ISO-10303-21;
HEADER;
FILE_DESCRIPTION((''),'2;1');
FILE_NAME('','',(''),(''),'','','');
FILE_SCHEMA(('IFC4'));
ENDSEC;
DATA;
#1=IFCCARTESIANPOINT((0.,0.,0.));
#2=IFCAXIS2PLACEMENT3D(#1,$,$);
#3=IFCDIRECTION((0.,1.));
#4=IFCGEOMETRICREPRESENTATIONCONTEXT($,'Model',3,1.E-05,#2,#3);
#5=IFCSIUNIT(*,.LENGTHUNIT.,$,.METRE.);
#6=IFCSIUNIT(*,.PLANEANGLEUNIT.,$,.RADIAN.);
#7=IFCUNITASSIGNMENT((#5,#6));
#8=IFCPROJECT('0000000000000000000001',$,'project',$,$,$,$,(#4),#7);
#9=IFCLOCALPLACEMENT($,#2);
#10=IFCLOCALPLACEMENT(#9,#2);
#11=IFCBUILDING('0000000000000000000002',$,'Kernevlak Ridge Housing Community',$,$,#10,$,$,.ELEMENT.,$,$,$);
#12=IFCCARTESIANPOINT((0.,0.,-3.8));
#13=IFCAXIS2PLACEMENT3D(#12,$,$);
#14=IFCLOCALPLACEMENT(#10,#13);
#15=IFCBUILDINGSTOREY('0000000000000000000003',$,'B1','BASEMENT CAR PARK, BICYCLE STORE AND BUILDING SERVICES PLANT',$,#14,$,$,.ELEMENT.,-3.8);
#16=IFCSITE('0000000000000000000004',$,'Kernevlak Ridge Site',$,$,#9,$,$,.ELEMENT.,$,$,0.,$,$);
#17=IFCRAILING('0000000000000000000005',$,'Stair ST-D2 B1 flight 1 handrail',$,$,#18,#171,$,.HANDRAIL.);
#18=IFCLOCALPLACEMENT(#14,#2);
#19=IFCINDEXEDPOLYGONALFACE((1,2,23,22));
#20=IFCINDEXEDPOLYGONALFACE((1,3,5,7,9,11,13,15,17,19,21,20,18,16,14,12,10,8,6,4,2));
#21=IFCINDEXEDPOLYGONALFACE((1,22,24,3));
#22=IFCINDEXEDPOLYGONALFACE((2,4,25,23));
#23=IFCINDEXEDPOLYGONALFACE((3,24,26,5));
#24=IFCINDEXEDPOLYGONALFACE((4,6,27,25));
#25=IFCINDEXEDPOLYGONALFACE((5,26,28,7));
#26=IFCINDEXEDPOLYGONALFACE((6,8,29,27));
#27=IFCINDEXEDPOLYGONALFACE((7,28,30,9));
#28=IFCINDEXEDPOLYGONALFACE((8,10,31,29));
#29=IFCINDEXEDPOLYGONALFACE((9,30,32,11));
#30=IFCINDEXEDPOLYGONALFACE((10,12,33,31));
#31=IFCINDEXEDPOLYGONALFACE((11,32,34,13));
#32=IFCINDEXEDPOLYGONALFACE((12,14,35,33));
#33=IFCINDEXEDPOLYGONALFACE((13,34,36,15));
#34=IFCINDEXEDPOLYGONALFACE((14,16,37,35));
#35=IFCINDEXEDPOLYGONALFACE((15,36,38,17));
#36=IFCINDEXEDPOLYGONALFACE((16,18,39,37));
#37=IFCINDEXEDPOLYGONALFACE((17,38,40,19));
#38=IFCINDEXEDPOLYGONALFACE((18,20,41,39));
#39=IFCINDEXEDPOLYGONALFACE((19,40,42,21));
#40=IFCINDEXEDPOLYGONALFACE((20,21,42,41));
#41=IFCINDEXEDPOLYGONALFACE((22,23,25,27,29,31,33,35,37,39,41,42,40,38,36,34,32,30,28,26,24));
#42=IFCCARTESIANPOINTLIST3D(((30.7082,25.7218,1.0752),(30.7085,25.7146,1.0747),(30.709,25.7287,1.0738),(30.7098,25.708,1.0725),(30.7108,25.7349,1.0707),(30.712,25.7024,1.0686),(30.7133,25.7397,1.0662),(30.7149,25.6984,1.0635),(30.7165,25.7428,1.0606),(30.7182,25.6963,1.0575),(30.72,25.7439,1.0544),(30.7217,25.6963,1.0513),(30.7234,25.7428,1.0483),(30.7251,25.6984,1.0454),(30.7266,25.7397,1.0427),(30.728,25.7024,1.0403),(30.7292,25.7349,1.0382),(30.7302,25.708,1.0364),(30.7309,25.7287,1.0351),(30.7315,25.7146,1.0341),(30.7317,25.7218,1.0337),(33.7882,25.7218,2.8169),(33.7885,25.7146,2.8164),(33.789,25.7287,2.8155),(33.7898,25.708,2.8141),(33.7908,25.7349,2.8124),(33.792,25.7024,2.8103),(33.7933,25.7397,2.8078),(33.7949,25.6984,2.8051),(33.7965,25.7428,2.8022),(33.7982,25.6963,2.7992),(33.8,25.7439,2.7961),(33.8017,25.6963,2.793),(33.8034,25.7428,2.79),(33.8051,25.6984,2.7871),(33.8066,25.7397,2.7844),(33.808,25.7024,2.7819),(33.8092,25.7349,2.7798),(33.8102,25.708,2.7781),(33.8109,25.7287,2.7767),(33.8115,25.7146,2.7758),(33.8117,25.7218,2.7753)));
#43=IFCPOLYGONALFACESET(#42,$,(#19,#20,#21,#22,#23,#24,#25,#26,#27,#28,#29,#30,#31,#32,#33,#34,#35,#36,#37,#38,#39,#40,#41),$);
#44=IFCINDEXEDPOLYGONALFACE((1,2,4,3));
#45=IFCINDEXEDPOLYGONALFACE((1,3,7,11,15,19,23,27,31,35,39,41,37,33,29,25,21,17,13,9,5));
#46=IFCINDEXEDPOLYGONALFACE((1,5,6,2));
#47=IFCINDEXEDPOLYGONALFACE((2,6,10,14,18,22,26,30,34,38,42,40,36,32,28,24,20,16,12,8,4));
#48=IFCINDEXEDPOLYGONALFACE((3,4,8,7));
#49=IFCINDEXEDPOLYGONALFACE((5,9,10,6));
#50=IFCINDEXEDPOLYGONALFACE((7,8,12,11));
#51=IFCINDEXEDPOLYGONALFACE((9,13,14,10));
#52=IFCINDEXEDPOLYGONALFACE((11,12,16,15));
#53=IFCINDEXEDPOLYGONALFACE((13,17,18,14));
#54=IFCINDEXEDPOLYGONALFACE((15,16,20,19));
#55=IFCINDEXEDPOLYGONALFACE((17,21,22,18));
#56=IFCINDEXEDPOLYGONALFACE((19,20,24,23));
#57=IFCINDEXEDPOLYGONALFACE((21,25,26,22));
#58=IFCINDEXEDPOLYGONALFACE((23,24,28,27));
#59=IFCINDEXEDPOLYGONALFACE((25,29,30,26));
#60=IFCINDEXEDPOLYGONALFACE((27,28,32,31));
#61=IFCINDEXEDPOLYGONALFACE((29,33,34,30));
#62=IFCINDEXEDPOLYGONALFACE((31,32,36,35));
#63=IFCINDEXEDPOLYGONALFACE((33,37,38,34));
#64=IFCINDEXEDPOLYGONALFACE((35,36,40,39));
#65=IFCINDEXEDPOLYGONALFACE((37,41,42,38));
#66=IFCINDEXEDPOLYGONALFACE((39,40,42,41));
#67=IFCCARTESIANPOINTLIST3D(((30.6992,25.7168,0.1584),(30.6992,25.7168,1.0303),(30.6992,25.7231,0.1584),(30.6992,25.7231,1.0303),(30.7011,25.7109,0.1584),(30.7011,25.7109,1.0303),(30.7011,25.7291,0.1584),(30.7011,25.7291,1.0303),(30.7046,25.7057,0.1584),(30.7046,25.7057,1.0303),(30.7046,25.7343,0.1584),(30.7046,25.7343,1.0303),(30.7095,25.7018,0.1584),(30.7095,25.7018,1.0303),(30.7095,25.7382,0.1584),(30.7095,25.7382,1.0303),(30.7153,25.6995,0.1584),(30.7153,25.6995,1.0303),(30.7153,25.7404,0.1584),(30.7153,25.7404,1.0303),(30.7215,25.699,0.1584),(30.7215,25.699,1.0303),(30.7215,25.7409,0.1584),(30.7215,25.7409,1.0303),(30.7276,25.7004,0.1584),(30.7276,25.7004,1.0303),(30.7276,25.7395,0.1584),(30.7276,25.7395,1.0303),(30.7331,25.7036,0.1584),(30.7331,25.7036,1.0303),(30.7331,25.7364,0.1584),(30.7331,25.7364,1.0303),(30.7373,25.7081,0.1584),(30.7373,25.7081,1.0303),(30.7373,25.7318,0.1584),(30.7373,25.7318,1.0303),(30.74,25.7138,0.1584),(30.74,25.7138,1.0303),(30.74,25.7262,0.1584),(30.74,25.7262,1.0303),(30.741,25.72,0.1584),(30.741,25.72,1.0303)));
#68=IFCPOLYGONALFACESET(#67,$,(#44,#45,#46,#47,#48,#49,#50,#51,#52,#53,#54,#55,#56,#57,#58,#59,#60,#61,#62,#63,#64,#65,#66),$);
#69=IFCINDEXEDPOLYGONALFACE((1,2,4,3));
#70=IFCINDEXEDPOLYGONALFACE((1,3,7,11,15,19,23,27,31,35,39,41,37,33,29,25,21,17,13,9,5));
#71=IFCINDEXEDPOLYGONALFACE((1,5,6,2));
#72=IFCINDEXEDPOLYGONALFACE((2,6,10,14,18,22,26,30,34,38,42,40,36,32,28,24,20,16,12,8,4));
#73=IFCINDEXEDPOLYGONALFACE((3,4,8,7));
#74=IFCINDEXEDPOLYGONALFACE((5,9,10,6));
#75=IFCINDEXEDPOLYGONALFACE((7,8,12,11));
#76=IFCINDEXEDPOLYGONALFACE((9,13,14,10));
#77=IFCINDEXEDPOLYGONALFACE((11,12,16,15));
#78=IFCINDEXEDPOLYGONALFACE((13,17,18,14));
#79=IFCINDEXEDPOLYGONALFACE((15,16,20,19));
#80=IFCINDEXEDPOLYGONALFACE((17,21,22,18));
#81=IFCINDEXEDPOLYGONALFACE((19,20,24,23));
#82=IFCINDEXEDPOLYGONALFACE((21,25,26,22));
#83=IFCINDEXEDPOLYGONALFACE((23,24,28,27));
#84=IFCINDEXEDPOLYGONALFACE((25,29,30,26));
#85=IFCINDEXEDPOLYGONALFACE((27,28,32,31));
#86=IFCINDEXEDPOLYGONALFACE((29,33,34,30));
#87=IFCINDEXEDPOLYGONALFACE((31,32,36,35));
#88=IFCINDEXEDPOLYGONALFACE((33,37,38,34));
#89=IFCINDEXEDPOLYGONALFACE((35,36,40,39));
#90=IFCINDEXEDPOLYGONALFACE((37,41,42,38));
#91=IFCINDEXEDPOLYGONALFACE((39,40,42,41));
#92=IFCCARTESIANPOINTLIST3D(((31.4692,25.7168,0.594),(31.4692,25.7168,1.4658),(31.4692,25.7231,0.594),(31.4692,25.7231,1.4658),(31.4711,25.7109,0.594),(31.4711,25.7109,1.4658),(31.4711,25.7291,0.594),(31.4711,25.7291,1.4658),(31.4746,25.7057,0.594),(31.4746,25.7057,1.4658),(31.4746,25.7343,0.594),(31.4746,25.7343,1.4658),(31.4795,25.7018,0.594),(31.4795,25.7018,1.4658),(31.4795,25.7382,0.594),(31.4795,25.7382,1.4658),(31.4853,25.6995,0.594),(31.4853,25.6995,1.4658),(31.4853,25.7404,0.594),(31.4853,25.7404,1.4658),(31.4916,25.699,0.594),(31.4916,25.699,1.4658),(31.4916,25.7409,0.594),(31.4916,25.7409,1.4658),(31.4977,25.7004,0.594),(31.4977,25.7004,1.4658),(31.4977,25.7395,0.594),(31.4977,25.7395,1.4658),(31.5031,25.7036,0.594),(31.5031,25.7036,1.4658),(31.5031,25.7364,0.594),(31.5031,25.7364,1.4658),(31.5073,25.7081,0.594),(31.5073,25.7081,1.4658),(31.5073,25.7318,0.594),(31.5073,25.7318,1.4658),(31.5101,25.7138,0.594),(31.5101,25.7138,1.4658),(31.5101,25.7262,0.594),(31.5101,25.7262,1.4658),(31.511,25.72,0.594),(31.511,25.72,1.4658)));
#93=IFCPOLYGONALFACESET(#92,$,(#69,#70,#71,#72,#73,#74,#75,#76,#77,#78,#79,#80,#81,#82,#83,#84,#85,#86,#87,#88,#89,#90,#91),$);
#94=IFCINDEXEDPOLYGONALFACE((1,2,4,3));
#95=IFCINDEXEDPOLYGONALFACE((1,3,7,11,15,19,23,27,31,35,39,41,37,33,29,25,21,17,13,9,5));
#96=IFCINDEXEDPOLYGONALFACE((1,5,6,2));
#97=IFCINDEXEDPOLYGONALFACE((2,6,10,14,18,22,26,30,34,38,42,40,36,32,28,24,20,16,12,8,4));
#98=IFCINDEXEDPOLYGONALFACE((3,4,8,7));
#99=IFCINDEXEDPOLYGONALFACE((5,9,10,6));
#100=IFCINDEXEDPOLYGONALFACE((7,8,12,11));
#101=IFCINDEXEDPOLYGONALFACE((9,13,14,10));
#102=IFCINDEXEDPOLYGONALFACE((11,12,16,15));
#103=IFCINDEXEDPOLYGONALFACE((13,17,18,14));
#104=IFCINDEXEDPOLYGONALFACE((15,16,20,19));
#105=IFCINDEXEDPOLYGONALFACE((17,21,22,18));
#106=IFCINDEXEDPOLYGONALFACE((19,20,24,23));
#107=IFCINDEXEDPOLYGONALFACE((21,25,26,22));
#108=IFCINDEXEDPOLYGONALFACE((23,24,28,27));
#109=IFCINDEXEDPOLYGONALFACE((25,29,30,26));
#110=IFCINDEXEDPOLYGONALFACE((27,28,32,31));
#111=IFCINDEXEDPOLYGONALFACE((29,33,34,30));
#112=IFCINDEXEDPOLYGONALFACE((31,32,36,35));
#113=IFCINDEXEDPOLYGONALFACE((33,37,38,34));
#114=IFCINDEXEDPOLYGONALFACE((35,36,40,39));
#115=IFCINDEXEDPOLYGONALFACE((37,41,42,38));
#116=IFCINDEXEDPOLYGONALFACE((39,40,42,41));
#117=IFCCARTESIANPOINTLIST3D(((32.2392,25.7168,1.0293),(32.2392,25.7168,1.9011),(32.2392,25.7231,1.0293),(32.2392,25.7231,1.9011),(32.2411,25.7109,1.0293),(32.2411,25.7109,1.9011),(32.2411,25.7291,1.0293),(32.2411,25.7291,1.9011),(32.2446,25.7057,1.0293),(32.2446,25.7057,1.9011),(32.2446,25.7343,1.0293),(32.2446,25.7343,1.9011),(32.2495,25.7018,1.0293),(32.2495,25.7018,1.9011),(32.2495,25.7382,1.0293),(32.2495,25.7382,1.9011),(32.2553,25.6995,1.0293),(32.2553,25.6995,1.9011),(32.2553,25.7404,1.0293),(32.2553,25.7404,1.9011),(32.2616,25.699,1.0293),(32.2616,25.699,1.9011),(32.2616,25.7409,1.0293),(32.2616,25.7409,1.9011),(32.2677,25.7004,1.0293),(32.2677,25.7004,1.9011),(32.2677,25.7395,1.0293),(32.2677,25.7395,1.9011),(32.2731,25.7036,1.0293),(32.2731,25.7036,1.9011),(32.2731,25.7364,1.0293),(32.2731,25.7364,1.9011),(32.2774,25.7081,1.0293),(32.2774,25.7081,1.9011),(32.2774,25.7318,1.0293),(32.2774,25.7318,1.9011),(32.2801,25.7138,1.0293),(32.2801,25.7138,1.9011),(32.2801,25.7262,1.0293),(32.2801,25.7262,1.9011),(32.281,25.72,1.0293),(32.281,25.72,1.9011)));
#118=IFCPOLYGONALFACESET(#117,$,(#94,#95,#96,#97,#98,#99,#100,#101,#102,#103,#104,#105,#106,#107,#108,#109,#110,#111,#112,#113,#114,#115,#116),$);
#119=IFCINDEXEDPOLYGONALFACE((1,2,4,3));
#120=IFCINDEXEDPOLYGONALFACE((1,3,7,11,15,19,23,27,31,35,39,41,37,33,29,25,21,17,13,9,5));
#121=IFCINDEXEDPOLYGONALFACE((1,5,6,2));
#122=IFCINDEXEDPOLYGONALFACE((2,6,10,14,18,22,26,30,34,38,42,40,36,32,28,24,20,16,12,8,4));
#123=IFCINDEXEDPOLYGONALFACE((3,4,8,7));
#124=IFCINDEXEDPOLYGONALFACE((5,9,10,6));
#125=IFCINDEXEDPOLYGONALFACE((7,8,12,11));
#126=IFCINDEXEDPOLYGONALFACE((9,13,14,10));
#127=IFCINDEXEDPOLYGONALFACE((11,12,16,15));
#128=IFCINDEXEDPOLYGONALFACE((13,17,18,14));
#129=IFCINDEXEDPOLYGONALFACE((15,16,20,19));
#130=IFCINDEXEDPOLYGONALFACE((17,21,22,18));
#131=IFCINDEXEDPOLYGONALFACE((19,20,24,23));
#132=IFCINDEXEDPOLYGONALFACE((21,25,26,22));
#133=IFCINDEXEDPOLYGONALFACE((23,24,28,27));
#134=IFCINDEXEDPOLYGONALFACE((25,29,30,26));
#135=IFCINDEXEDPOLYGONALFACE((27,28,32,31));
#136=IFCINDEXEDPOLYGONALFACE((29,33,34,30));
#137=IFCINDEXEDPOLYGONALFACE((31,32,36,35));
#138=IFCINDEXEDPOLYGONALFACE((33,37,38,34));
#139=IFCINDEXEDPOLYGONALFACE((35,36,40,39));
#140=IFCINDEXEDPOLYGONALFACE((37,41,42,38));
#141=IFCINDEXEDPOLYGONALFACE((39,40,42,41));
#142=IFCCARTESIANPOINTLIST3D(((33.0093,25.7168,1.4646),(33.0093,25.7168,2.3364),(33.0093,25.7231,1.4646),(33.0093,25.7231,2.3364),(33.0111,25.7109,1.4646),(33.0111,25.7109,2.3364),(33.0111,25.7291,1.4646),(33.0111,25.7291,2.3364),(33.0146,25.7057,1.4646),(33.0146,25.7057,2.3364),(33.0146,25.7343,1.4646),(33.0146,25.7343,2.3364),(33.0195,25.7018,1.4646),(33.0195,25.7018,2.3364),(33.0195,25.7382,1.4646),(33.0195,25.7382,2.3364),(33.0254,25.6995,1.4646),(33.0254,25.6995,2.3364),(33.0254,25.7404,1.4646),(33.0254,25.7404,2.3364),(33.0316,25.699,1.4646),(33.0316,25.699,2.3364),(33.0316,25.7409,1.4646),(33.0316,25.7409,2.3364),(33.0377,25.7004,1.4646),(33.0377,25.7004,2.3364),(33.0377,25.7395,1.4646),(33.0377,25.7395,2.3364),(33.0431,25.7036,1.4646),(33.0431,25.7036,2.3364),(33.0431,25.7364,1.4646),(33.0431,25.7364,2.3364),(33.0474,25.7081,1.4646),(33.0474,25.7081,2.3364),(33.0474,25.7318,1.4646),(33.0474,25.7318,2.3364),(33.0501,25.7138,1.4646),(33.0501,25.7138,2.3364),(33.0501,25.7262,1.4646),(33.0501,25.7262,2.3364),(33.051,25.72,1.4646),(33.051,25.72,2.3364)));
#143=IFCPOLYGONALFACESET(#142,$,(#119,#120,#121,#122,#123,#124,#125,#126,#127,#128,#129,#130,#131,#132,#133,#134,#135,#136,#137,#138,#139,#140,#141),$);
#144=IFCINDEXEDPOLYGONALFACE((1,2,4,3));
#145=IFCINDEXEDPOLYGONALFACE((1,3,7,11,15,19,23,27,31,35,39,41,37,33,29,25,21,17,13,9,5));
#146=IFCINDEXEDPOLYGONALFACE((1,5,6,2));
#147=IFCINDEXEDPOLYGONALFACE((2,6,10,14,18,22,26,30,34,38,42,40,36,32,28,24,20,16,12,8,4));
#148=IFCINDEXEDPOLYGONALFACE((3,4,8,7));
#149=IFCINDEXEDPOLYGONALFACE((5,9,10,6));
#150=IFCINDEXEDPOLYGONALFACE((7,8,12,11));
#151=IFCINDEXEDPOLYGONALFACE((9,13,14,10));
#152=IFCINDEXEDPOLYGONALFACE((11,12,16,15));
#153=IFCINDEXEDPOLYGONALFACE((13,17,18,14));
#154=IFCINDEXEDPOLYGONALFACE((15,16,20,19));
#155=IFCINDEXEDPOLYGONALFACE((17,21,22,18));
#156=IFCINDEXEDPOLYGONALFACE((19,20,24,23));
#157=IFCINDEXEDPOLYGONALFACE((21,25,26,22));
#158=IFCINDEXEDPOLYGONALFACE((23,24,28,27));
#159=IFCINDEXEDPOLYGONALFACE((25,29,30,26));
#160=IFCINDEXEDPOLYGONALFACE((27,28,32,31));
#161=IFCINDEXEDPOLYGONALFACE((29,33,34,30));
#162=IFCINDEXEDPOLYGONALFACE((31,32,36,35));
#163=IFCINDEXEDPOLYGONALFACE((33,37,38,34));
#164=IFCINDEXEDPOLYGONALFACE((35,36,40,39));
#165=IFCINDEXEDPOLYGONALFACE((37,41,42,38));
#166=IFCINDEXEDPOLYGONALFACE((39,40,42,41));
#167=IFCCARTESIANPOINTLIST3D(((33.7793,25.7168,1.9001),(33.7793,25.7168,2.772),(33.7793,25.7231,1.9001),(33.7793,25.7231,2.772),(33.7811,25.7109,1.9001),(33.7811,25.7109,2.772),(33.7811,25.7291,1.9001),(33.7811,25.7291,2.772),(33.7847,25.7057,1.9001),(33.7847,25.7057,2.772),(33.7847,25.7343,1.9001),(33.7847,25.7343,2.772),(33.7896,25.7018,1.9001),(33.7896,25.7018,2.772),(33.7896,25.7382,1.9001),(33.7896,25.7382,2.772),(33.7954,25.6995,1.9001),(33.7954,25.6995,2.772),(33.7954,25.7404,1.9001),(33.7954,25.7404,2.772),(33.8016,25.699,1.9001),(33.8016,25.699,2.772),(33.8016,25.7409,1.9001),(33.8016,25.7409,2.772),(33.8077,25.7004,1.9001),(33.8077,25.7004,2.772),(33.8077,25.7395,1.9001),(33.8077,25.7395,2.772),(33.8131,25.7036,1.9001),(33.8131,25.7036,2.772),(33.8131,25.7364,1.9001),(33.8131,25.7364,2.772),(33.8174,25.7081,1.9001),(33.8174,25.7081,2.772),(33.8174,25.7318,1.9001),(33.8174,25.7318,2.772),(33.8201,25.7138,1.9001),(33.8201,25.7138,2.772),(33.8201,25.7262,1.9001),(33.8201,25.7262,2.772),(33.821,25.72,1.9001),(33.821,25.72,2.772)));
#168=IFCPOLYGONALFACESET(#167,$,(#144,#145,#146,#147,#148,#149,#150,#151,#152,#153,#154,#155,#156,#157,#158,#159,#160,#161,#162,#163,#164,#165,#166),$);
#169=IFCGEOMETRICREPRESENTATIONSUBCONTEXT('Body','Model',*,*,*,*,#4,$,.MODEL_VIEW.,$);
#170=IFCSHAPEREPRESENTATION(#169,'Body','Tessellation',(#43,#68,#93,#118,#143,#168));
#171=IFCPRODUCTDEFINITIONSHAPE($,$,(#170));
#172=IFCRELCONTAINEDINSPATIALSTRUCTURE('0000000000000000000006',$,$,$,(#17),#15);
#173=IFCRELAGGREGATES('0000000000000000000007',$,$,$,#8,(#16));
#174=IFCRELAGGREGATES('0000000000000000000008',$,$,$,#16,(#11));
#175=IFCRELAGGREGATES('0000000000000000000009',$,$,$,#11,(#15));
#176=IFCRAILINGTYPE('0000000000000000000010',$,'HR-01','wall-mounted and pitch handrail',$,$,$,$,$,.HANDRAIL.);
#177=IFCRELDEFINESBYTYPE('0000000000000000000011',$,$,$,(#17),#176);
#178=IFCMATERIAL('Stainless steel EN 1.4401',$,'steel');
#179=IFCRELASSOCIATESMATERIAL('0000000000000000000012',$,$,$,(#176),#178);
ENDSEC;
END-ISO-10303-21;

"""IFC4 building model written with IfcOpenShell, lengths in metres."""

from ifc_helpers import new_model, si_unit, direction, frame, origin, origin_2d, place, context, subcontext, project, spatial, circle, extrude, material, type_object, element, save


model = new_model("IFC4")

# Units and contexts
model_context = context("Model", 3, precision=1e-05, world=origin(), true_north=direction((0.0, 1.0)))
body_context = subcontext(model_context, "Body", "Model", "MODEL_VIEW")
ifc_project = project(units=[si_unit("LENGTHUNIT", "METRE"), si_unit("PLANEANGLEUNIT", "RADIAN")], contexts=[model_context])

# Site, building, storey
site_placement = place(None, origin())
site = spatial("IfcSite", under=ifc_project, at=site_placement, Name="Kernevlak Ridge Site", CompositionType="ELEMENT", RefElevation=0.0)
building_placement = place(site_placement, origin())
building = spatial("IfcBuilding", under=site, at=building_placement, Name="Kernevlak Ridge Housing Community", CompositionType="ELEMENT")
storey_placement = place(building_placement, frame((0.0, 0.0, -3.8)))
storey = spatial("IfcBuildingStorey", under=building, at=storey_placement, Name="B1", Description="BASEMENT CAR PARK, BICYCLE STORE AND BUILDING SERVICES PLANT", CompositionType="ELEMENT", Elevation=-3.8)

# Railing
ifc_material_1 = material(Name="Stainless steel EN 1.4401", Category="steel")
railing_type_1 = type_object("IfcRailingType", Name="HR-01", Description="wall-mounted and pitch handrail", PredefinedType="HANDRAIL", material=ifc_material_1)
railing_1_placement = place(storey_placement, frame((30.72, 25.72, 0.1584)))
element("IfcRailing", 1, at=railing_1_placement, inside=storey, type_object=railing_type_1, Name="Stair ST-D2 B1 flight 1 handrail", PredefinedType="HANDRAIL", context=body_context, shape_type="SweptSolid", body=[
    extrude(circle(Radius=0.0239, at=origin_2d()), frame((0.0, 0.0, 0.896), z_axis=(0.870468, 0.0, 0.492225), x_axis=(0.0, 1.0, 0.0)), (0.0, 0.0, 1.0), 3.5383),
    extrude(circle(Radius=0.021, at=origin_2d()), origin(), (0.0, 0.0, 1.0), 0.8718),
    extrude(circle(Radius=0.021, at=origin_2d()), frame((0.77, 0.0, 0.4355)), (0.0, 0.0, 1.0), 0.8718),
    extrude(circle(Radius=0.021, at=origin_2d()), frame((1.54, 0.0, 0.8708)), (0.0, 0.0, 1.0), 0.8718),
    extrude(circle(Radius=0.021, at=origin_2d()), frame((2.3101, 0.0, 1.3062)), (0.0, 0.0, 1.0), 0.8718),
    extrude(circle(Radius=0.021, at=origin_2d()), frame((3.0801, 0.0, 1.7417)), (0.0, 0.0, 1.0), 0.8718),
])

save(model, "model.ifc")
